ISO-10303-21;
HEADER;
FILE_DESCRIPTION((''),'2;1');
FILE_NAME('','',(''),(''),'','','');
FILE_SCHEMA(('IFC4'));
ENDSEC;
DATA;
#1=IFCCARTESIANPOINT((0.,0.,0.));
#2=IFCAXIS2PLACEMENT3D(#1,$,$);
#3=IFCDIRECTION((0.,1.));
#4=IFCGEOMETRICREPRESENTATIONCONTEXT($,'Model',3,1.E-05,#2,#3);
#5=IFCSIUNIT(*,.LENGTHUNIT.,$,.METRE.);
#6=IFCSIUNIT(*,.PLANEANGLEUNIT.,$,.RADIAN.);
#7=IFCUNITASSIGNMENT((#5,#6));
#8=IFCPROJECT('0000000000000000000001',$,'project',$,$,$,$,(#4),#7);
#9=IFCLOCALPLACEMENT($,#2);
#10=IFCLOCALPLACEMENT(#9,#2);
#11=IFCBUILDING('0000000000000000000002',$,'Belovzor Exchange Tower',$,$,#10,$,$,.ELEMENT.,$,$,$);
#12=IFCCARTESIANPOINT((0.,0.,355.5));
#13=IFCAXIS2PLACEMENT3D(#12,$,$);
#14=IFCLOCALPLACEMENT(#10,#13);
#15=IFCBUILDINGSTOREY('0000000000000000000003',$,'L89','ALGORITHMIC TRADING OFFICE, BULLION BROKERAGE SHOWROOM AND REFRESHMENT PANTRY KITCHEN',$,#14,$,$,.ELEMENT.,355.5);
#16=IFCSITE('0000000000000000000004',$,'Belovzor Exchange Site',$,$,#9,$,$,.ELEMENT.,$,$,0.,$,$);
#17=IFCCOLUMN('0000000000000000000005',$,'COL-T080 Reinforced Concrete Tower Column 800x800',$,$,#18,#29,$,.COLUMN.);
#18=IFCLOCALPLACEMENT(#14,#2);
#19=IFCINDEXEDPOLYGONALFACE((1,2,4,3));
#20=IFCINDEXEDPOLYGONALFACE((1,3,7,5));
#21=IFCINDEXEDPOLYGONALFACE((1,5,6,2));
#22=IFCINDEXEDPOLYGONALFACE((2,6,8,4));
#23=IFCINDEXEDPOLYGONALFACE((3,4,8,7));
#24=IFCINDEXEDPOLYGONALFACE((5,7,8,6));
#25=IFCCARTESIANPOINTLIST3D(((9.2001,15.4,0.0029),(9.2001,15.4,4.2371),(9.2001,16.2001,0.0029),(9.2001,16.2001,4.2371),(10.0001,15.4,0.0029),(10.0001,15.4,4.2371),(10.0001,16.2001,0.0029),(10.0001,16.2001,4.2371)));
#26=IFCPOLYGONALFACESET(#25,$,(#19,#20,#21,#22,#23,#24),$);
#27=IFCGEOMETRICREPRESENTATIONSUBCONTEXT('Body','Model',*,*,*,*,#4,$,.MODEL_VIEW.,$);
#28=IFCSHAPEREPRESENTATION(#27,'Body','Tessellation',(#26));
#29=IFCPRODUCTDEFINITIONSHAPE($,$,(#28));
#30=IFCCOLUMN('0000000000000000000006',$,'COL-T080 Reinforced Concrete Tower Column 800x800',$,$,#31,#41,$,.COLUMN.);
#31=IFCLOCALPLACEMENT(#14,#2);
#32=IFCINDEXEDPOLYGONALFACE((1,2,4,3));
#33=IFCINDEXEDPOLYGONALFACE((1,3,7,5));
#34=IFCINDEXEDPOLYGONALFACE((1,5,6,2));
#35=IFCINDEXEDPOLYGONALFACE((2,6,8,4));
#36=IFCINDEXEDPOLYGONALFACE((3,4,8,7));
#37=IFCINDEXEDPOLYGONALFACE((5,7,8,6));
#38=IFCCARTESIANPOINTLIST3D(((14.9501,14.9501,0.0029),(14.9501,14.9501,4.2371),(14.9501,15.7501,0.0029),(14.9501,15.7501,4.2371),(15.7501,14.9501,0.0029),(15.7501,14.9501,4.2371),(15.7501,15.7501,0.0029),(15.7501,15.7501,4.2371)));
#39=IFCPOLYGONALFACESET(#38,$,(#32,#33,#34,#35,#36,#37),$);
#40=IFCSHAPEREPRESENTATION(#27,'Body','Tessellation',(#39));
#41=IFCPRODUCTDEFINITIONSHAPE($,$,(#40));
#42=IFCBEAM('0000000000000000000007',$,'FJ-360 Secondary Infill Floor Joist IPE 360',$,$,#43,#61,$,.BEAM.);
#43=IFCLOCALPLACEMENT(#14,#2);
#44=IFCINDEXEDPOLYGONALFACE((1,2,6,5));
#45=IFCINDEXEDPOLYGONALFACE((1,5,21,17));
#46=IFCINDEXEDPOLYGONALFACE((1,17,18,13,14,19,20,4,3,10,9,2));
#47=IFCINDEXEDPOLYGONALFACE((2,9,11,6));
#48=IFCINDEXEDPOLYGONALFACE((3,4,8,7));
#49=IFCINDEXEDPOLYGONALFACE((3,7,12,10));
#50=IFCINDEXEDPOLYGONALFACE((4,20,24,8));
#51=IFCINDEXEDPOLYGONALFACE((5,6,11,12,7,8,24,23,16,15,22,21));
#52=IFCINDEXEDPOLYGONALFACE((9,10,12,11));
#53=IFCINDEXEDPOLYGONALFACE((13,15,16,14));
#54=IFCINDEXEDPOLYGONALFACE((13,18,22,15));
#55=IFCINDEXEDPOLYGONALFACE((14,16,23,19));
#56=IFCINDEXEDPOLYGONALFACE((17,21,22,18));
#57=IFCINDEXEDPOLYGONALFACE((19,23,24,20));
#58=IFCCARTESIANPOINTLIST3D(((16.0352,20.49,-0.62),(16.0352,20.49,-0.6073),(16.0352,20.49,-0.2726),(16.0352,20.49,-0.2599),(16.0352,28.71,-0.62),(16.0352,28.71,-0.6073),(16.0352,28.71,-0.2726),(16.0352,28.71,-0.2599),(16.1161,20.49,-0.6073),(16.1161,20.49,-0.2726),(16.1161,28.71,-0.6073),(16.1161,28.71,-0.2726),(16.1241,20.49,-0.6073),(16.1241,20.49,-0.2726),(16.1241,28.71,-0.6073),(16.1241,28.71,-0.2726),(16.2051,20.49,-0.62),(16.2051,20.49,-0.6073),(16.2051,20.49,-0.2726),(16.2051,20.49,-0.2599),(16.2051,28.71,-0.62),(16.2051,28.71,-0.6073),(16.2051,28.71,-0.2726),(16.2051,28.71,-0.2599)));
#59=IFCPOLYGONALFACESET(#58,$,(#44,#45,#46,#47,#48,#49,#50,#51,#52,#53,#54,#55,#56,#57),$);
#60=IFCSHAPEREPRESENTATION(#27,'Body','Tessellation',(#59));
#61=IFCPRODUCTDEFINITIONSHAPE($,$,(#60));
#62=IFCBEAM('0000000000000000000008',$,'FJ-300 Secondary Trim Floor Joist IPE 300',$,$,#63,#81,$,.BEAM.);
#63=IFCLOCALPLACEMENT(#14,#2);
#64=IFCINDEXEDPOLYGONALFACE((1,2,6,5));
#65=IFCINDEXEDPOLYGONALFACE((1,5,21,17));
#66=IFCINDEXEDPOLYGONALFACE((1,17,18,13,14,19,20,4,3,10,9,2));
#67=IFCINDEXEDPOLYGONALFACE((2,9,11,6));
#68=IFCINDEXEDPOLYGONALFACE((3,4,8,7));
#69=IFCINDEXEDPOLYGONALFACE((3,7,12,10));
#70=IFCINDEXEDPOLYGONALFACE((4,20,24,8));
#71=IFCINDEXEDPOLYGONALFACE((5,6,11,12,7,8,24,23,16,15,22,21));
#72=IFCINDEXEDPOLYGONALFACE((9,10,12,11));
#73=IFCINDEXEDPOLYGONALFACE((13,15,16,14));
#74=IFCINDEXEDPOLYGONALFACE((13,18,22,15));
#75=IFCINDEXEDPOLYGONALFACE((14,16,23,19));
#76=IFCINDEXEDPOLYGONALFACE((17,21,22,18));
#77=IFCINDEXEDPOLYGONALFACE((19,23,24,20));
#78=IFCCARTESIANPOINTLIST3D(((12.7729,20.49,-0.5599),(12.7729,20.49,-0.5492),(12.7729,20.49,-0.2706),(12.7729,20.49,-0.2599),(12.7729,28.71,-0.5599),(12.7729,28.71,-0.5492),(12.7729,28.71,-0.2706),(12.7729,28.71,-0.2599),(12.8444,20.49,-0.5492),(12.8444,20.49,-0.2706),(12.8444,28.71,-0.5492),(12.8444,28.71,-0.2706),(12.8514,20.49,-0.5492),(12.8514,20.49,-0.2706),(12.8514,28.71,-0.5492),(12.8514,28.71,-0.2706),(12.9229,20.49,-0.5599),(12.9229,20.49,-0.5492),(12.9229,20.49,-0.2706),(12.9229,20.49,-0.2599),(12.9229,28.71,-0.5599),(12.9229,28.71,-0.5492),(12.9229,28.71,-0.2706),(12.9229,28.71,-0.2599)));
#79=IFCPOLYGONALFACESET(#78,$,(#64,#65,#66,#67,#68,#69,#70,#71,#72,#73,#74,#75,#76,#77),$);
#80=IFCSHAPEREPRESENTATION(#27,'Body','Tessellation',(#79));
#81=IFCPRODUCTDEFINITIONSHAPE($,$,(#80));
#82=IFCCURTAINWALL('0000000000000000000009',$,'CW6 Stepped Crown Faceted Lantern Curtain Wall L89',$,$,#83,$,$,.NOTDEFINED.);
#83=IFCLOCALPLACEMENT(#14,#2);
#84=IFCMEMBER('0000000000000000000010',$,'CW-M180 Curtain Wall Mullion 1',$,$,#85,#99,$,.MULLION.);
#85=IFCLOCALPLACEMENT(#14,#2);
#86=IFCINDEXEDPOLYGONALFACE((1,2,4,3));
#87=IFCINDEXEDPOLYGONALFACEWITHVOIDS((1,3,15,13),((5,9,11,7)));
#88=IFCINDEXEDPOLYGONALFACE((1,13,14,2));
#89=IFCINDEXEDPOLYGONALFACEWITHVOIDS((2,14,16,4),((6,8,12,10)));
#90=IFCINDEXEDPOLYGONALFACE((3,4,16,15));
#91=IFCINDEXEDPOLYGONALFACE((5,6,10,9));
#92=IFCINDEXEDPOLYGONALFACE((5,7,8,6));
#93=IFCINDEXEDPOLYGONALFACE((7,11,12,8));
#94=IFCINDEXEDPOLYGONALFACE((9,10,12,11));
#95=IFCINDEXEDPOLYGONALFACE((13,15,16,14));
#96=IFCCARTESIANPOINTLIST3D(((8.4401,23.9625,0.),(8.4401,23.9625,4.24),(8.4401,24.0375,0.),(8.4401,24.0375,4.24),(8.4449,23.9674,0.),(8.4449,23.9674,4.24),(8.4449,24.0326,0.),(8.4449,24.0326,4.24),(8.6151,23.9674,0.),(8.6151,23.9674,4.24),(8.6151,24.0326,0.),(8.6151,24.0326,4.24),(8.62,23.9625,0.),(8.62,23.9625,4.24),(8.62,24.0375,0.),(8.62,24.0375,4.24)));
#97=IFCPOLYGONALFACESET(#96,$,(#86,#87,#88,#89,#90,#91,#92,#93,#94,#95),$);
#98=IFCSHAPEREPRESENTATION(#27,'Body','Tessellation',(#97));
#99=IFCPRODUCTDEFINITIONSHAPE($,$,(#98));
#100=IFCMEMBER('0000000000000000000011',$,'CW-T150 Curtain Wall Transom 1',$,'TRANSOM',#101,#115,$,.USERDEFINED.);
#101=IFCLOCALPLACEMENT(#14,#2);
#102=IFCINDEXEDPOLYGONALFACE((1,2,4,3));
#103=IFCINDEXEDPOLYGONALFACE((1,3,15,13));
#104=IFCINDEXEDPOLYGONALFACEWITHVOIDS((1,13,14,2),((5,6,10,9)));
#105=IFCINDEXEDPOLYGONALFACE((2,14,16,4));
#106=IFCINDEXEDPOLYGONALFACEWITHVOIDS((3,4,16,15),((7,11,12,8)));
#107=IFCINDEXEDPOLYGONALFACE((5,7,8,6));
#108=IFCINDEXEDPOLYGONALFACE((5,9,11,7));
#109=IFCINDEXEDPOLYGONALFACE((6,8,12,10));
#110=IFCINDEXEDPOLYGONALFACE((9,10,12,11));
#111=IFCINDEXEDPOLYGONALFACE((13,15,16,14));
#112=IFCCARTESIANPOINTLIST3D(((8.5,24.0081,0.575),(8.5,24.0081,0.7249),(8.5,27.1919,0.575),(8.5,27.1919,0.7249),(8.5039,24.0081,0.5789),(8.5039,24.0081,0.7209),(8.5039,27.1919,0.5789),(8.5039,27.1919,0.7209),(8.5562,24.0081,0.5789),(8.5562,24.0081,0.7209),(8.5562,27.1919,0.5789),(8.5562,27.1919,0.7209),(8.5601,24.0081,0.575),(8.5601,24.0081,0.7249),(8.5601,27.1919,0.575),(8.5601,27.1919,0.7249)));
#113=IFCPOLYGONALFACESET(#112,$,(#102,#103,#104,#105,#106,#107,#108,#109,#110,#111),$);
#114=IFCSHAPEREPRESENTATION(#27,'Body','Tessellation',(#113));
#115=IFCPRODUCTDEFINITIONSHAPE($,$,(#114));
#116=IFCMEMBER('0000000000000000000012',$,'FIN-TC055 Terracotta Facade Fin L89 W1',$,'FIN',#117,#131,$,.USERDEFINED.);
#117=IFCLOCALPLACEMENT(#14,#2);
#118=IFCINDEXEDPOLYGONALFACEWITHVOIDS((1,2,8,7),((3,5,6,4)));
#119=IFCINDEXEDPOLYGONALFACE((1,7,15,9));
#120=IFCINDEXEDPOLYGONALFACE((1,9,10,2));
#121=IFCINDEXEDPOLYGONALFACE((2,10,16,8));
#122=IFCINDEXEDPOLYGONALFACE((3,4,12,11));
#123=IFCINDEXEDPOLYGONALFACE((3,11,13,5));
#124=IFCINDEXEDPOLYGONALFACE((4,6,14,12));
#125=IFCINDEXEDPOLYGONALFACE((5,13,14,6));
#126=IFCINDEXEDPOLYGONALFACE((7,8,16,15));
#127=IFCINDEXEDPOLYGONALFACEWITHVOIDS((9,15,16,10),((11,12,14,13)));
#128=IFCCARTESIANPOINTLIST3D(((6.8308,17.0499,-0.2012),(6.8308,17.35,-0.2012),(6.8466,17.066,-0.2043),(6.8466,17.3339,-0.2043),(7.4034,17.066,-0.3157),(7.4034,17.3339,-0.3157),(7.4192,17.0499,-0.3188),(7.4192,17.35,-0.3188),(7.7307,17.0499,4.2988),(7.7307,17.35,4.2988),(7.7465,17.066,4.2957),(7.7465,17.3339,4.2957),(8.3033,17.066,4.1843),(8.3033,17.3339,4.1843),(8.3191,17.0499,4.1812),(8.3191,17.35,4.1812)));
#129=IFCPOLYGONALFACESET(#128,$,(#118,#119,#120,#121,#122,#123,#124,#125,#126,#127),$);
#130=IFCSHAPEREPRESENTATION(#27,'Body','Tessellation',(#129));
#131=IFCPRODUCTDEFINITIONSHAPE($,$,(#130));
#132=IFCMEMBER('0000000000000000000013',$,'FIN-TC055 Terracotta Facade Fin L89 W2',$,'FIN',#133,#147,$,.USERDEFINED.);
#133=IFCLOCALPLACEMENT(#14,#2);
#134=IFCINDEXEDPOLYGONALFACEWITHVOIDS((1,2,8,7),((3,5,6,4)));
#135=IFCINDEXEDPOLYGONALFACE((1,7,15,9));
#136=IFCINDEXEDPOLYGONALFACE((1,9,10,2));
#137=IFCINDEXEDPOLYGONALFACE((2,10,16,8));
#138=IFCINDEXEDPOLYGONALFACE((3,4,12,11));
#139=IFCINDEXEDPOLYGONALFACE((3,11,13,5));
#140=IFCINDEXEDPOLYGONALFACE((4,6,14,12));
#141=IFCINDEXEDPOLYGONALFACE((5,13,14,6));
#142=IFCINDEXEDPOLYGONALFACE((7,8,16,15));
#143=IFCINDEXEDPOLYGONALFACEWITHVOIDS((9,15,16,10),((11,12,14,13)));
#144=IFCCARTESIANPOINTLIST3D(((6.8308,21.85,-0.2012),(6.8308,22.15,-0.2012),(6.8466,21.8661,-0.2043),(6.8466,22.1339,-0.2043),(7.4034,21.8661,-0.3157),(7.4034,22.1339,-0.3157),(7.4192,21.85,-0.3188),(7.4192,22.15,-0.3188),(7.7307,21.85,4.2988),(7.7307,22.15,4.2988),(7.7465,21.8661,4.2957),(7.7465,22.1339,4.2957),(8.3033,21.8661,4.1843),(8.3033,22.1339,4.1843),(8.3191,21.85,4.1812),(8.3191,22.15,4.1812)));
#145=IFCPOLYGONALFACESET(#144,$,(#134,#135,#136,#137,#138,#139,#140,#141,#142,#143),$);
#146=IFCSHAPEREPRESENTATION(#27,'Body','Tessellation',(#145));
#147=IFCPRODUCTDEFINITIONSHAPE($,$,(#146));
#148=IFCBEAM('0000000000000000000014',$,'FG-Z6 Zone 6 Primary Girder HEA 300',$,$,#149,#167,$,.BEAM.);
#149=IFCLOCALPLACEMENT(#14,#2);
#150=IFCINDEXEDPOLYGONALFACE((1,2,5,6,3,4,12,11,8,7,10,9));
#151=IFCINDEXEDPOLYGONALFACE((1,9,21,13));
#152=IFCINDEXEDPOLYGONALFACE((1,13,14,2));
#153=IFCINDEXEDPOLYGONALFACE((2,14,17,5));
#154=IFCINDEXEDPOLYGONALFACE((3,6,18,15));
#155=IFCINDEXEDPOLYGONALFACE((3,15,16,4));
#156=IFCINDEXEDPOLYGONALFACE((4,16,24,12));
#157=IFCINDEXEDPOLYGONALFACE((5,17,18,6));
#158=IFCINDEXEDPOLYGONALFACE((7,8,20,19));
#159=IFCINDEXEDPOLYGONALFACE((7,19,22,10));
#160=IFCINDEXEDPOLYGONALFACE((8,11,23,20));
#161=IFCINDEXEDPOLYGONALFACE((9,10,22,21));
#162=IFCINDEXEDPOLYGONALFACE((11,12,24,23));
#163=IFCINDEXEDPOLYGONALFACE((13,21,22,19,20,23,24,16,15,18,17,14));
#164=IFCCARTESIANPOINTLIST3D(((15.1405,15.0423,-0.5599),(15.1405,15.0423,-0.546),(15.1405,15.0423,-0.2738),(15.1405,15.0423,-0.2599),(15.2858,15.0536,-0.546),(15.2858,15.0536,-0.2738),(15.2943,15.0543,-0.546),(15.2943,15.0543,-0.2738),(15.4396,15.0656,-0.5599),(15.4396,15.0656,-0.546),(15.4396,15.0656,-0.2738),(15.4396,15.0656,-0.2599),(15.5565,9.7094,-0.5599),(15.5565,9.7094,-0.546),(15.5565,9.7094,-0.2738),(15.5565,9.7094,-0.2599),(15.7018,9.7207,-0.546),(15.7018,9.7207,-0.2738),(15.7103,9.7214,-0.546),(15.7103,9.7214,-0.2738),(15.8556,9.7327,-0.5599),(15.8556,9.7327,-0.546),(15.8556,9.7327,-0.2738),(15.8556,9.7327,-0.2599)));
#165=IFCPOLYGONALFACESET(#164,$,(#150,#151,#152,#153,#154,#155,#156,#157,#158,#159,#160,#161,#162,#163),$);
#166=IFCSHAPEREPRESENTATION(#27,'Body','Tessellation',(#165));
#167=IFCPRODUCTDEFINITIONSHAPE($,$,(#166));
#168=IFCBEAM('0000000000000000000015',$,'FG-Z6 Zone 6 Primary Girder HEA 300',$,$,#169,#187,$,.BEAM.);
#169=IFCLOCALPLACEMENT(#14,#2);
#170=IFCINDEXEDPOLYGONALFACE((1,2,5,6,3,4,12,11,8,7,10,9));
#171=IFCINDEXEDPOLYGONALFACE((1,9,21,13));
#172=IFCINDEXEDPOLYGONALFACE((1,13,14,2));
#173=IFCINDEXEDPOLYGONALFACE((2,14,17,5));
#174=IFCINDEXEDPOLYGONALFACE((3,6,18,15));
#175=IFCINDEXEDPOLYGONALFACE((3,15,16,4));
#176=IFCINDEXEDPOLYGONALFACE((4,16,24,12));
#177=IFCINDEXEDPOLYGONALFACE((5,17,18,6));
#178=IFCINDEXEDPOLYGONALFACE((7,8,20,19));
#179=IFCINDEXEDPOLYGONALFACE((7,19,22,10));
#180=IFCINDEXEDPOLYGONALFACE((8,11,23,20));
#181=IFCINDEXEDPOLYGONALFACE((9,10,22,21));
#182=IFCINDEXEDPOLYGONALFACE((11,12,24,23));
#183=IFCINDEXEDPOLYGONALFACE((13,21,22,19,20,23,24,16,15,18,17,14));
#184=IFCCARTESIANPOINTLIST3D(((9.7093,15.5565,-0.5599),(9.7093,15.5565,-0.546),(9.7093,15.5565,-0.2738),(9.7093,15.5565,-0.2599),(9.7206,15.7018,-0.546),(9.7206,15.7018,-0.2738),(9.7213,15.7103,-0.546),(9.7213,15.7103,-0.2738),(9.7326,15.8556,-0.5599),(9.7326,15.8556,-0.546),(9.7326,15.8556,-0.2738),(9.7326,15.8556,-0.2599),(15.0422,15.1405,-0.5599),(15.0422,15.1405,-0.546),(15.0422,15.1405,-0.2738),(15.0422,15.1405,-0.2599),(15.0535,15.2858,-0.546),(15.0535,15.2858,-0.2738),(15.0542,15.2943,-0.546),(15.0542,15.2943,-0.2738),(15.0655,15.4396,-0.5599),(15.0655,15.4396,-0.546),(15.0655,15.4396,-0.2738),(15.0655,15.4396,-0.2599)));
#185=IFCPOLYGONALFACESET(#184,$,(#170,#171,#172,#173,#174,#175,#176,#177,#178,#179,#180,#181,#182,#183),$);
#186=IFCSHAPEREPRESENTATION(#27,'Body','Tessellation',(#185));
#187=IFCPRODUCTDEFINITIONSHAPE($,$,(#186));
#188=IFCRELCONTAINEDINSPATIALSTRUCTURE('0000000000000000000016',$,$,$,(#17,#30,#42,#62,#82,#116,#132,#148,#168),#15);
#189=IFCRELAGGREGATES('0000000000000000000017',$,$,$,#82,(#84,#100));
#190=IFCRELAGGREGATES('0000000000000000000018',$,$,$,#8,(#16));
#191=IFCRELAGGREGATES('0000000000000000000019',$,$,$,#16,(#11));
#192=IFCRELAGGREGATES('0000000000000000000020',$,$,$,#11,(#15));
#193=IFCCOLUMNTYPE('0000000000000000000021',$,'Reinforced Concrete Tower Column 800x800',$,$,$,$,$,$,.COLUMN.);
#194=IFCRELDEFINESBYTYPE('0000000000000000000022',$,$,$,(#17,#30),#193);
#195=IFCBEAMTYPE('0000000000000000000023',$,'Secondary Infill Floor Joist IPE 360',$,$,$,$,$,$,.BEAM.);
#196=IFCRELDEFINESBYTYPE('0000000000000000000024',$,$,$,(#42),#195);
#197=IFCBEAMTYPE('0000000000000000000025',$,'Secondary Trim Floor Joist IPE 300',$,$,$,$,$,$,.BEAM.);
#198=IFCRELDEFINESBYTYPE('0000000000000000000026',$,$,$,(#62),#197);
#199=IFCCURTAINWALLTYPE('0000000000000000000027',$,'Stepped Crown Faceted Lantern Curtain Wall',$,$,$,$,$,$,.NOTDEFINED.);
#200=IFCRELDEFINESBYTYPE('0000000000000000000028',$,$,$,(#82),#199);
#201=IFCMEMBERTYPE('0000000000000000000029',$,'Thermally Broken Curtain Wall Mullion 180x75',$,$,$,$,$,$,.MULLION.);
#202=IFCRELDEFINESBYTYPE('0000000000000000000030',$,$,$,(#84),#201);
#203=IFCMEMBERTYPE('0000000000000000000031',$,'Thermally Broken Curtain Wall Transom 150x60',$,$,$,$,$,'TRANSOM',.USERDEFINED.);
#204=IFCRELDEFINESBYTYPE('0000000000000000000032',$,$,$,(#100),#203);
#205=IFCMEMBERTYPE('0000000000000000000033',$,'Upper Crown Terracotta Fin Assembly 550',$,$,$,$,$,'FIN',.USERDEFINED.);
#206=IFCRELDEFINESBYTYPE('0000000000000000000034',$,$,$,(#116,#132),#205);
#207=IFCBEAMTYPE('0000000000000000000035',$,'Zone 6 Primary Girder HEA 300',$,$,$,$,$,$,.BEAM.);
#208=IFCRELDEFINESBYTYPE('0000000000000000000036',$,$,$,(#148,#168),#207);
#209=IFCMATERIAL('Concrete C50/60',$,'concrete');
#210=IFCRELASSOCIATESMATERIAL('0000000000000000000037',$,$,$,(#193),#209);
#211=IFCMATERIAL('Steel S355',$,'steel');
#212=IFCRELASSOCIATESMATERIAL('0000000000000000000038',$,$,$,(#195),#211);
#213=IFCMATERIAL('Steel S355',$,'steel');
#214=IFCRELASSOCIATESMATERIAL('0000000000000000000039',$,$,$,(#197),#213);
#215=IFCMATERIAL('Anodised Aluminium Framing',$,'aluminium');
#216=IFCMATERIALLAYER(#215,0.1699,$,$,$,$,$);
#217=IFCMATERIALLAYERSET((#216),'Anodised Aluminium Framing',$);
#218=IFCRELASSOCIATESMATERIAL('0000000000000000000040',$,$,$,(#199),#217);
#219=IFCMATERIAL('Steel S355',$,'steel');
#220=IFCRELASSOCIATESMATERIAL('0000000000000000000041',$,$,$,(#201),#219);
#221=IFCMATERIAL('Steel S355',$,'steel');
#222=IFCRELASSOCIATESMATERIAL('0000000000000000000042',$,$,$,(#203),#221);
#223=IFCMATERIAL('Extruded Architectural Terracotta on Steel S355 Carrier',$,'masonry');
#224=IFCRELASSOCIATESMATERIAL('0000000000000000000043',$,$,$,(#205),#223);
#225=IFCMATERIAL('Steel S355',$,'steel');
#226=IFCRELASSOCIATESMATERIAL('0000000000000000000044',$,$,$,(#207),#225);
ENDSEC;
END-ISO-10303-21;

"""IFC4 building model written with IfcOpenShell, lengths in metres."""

from ifc_helpers import new_model, si_unit, direction, frame, origin, origin_2d, place, context, subcontext, project, spatial, rectangle, hollow_rectangle, i_section, extrude, material, layer, layer_set, material_profile, profile_set, type_object, element, aggregate, save


model = new_model("IFC4")

# Units and contexts
model_context = context("Model", 3, precision=1e-05, world=origin(), true_north=direction((0.0, 1.0)))
body_context = subcontext(model_context, "Body", "Model", "MODEL_VIEW")
ifc_project = project(units=[si_unit("LENGTHUNIT", "METRE"), si_unit("PLANEANGLEUNIT", "RADIAN")], contexts=[model_context])

# Site, building, storey
site_placement = place(None, origin())
site = spatial("IfcSite", under=ifc_project, at=site_placement, Name="Belovzor Exchange Site", CompositionType="ELEMENT", RefElevation=0.0)
building_placement = place(site_placement, origin())
building = spatial("IfcBuilding", under=site, at=building_placement, Name="Belovzor Exchange Tower", CompositionType="ELEMENT")
storey_placement = place(building_placement, frame((0.0, 0.0, 355.5)))
storey = spatial("IfcBuildingStorey", under=building, at=storey_placement, Name="L89", Description="ALGORITHMIC TRADING OFFICE, BULLION BROKERAGE SHOWROOM AND REFRESHMENT PANTRY KITCHEN", CompositionType="ELEMENT", Elevation=355.5)

# Columns
ifc_material_1 = material(Name="Concrete C50/60", Category="concrete")
ifc_material_profile_1 = material_profile(ifc_material_1, rectangle(XDim=0.8, YDim=0.8, at=origin_2d()))
ifc_profile_set_1 = profile_set([ifc_material_profile_1], Name="Concrete C50/60")
column_type = type_object("IfcColumnType", Name="Reinforced Concrete Tower Column 800x800", PredefinedType="COLUMN", material=ifc_profile_set_1)
for number, where, z_axis, x_axis, name in (
    (1, (9.6001, 15.8, 0.0029), (0.0, 0.0, 1.0), (1.0, 0.0, 0.0), "COL-T080 Reinforced Concrete Tower Column 800x800"),
    (2, (15.3501, 15.3501, 0.0029), (0.0, 0.0, 1.0), (1.0, 0.0, 0.0), "COL-T080 Reinforced Concrete Tower Column 800x800"),
):
    element("IfcColumn", number, at=place(storey_placement, frame(where, z_axis=z_axis, x_axis=x_axis)), inside=storey, type_object=column_type, Name=name, PredefinedType="COLUMN", context=body_context, shape_type="SweptSolid", body=[
        extrude(rectangle(XDim=0.8, YDim=0.8, at=origin_2d()), origin(), (0.0, 0.0, 1.0), 4.2341),
    ])

# Beams
ifc_material_2 = material(Name="Steel S355", Category="steel")
ifc_material_profile_2 = material_profile(ifc_material_2, i_section(OverallWidth=0.1699, OverallDepth=0.3601, WebThickness=0.0081, FlangeThickness=0.0127, at=origin_2d()))
ifc_profile_set_2 = profile_set([ifc_material_profile_2], Name="Steel S355")
beam_type_1 = type_object("IfcBeamType", Name="Secondary Infill Floor Joist IPE 360", PredefinedType="BEAM", material=ifc_profile_set_2)
beam_1_placement = place(storey_placement, frame((16.1201, 20.49, -0.4399), z_axis=(0.0, 1.0, 0.0), x_axis=(-1.0, 0.0, 0.0)))
element("IfcBeam", 3, at=beam_1_placement, inside=storey, type_object=beam_type_1, Name="FJ-360 Secondary Infill Floor Joist IPE 360", PredefinedType="BEAM", context=body_context, shape_type="SweptSolid", body=[
    extrude(i_section(OverallWidth=0.1699, OverallDepth=0.3601, WebThickness=0.0081, FlangeThickness=0.0127, at=origin_2d()), origin(), (0.0, 0.0, 1.0), 8.22),
])
ifc_material_3 = material(Name="Steel S355", Category="steel")
ifc_material_profile_3 = material_profile(ifc_material_3, i_section(OverallWidth=0.1499, OverallDepth=0.3, WebThickness=0.0071, FlangeThickness=0.0107, at=origin_2d()))
ifc_profile_set_3 = profile_set([ifc_material_profile_3], Name="Steel S355")
beam_type_2 = type_object("IfcBeamType", Name="Secondary Trim Floor Joist IPE 300", PredefinedType="BEAM", material=ifc_profile_set_3)
beam_2_placement = place(storey_placement, frame((12.8479, 20.49, -0.4099), z_axis=(0.0, 1.0, 0.0), x_axis=(-1.0, 0.0, 0.0)))
element("IfcBeam", 4, at=beam_2_placement, inside=storey, type_object=beam_type_2, Name="FJ-300 Secondary Trim Floor Joist IPE 300", PredefinedType="BEAM", context=body_context, shape_type="SweptSolid", body=[
    extrude(i_section(OverallWidth=0.1499, OverallDepth=0.3, WebThickness=0.0071, FlangeThickness=0.0107, at=origin_2d()), origin(), (0.0, 0.0, 1.0), 8.22),
])

# Curtain wall, members
ifc_material_4 = material(Name="Anodised Aluminium Framing", Category="aluminium")
ifc_layer_1 = layer(ifc_material_4, 0.1699)
ifc_layer_set_1 = layer_set([ifc_layer_1], Name="Anodised Aluminium Framing")
curtain_wall_type = type_object("IfcCurtainWallType", Name="Stepped Crown Faceted Lantern Curtain Wall", PredefinedType="NOTDEFINED", material=ifc_layer_set_1)
curtain_wall_placement = place(storey_placement, origin())
curtain_wall = element("IfcCurtainWall", 5, at=curtain_wall_placement, inside=storey, type_object=curtain_wall_type, Name="CW6 Stepped Crown Faceted Lantern Curtain Wall L89", PredefinedType="NOTDEFINED")
ifc_material_5 = material(Name="Steel S355", Category="steel")
ifc_material_profile_4 = material_profile(ifc_material_5, hollow_rectangle(XDim=0.075, YDim=0.1799, WallThickness=0.0049, at=origin_2d()))
ifc_profile_set_4 = profile_set([ifc_material_profile_4], Name="Steel S355")
member_type_1 = type_object("IfcMemberType", Name="Thermally Broken Curtain Wall Mullion 180x75", PredefinedType="MULLION", material=ifc_profile_set_4)
member_1_placement = place(storey_placement, frame((8.53, 24.0, 0.0), z_axis=(0.0, 0.0, 1.0), x_axis=(0.0, 1.0, 0.0)))
member_1 = element("IfcMember", 6, at=member_1_placement, type_object=member_type_1, Name="CW-M180 Curtain Wall Mullion 1", PredefinedType="MULLION", context=body_context, shape_type="SweptSolid", body=[
    extrude(hollow_rectangle(XDim=0.075, YDim=0.1799, WallThickness=0.0049, at=origin_2d()), origin(), (0.0, 0.0, 1.0), 4.24),
])
ifc_material_6 = material(Name="Steel S355", Category="steel")
ifc_material_profile_5 = material_profile(ifc_material_6, hollow_rectangle(XDim=0.0601, YDim=0.1499, WallThickness=0.0039, at=origin_2d()))
ifc_profile_set_5 = profile_set([ifc_material_profile_5], Name="Steel S355")
member_type_2 = type_object("IfcMemberType", Name="Thermally Broken Curtain Wall Transom 150x60", ElementType="TRANSOM", PredefinedType="USERDEFINED", material=ifc_profile_set_5)
member_2_placement = place(storey_placement, frame((8.53, 24.0081, 0.6499), z_axis=(0.0, 1.0, 0.0), x_axis=(-1.0, 0.0, 0.0)))
member_2 = element("IfcMember", 7, at=member_2_placement, type_object=member_type_2, Name="CW-T150 Curtain Wall Transom 1", ObjectType="TRANSOM", PredefinedType="USERDEFINED", context=body_context, shape_type="SweptSolid", body=[
    extrude(hollow_rectangle(XDim=0.0601, YDim=0.1499, WallThickness=0.0039, at=origin_2d()), origin(), (0.0, 0.0, 1.0), 3.1838),
])

# Members
ifc_material_7 = material(Name="Extruded Architectural Terracotta on Steel S355 Carrier", Category="masonry")
ifc_material_profile_6 = material_profile(ifc_material_7, hollow_rectangle(XDim=0.3, YDim=0.6001, WallThickness=0.0161, at=origin_2d()))
ifc_profile_set_6 = profile_set([ifc_material_profile_6], Name="Extruded Architectural Terracotta on Steel S355 Carrier")
member_type_3 = type_object("IfcMemberType", Name="Upper Crown Terracotta Fin Assembly 550", ElementType="FIN", PredefinedType="USERDEFINED", material=ifc_profile_set_6)
for number, where, z_axis, x_axis, name in (
    (8, (7.125, 17.2, -0.26), (0.196096, 0.0, 0.980585), (0.0, 1.0, 0.0), "FIN-TC055 Terracotta Facade Fin L89 W1"),
    (9, (7.125, 22.0, -0.26), (0.196096, 0.0, 0.980585), (0.0, 1.0, 0.0), "FIN-TC055 Terracotta Facade Fin L89 W2"),
):
    element("IfcMember", number, at=place(storey_placement, frame(where, z_axis=z_axis, x_axis=x_axis)), inside=storey, type_object=member_type_3, Name=name, ObjectType="FIN", PredefinedType="USERDEFINED", context=body_context, shape_type="SweptSolid", body=[
        extrude(hollow_rectangle(XDim=0.3, YDim=0.6001, WallThickness=0.0161, at=origin_2d()), origin(), (0.0, 0.0, 1.0), 4.5891),
    ])

# Beams
ifc_material_8 = material(Name="Steel S355", Category="steel")
ifc_material_profile_7 = material_profile(ifc_material_8, i_section(OverallWidth=0.3, OverallDepth=0.3, WebThickness=0.0085, FlangeThickness=0.0139, at=origin_2d()))
ifc_profile_set_7 = profile_set([ifc_material_profile_7], Name="Steel S355")
beam_type_3 = type_object("IfcBeamType", Name="Zone 6 Primary Girder HEA 300", PredefinedType="BEAM", material=ifc_profile_set_7)
for number, where, z_axis, x_axis, name in (
    (10, (15.29, 15.054, -0.4099), (0.077771, -0.996971, 0.0), (0.996971, 0.077771, 0.0), "FG-Z6 Zone 6 Primary Girder HEA 300"),
    (11, (9.7209, 15.7061, -0.4099), (0.996971, -0.077771, 0.0), (0.077771, 0.996971, 0.0), "FG-Z6 Zone 6 Primary Girder HEA 300"),
):
    element("IfcBeam", number, at=place(storey_placement, frame(where, z_axis=z_axis, x_axis=x_axis)), inside=storey, type_object=beam_type_3, Name=name, PredefinedType="BEAM", context=body_context, shape_type="SweptSolid", body=[
        extrude(i_section(OverallWidth=0.3, OverallDepth=0.3, WebThickness=0.0085, FlangeThickness=0.0139, at=origin_2d()), origin(), (0.0, 0.0, 1.0), 5.3491),
    ])

aggregate(curtain_wall, [member_1, member_2])

save(model, "model.ifc")
